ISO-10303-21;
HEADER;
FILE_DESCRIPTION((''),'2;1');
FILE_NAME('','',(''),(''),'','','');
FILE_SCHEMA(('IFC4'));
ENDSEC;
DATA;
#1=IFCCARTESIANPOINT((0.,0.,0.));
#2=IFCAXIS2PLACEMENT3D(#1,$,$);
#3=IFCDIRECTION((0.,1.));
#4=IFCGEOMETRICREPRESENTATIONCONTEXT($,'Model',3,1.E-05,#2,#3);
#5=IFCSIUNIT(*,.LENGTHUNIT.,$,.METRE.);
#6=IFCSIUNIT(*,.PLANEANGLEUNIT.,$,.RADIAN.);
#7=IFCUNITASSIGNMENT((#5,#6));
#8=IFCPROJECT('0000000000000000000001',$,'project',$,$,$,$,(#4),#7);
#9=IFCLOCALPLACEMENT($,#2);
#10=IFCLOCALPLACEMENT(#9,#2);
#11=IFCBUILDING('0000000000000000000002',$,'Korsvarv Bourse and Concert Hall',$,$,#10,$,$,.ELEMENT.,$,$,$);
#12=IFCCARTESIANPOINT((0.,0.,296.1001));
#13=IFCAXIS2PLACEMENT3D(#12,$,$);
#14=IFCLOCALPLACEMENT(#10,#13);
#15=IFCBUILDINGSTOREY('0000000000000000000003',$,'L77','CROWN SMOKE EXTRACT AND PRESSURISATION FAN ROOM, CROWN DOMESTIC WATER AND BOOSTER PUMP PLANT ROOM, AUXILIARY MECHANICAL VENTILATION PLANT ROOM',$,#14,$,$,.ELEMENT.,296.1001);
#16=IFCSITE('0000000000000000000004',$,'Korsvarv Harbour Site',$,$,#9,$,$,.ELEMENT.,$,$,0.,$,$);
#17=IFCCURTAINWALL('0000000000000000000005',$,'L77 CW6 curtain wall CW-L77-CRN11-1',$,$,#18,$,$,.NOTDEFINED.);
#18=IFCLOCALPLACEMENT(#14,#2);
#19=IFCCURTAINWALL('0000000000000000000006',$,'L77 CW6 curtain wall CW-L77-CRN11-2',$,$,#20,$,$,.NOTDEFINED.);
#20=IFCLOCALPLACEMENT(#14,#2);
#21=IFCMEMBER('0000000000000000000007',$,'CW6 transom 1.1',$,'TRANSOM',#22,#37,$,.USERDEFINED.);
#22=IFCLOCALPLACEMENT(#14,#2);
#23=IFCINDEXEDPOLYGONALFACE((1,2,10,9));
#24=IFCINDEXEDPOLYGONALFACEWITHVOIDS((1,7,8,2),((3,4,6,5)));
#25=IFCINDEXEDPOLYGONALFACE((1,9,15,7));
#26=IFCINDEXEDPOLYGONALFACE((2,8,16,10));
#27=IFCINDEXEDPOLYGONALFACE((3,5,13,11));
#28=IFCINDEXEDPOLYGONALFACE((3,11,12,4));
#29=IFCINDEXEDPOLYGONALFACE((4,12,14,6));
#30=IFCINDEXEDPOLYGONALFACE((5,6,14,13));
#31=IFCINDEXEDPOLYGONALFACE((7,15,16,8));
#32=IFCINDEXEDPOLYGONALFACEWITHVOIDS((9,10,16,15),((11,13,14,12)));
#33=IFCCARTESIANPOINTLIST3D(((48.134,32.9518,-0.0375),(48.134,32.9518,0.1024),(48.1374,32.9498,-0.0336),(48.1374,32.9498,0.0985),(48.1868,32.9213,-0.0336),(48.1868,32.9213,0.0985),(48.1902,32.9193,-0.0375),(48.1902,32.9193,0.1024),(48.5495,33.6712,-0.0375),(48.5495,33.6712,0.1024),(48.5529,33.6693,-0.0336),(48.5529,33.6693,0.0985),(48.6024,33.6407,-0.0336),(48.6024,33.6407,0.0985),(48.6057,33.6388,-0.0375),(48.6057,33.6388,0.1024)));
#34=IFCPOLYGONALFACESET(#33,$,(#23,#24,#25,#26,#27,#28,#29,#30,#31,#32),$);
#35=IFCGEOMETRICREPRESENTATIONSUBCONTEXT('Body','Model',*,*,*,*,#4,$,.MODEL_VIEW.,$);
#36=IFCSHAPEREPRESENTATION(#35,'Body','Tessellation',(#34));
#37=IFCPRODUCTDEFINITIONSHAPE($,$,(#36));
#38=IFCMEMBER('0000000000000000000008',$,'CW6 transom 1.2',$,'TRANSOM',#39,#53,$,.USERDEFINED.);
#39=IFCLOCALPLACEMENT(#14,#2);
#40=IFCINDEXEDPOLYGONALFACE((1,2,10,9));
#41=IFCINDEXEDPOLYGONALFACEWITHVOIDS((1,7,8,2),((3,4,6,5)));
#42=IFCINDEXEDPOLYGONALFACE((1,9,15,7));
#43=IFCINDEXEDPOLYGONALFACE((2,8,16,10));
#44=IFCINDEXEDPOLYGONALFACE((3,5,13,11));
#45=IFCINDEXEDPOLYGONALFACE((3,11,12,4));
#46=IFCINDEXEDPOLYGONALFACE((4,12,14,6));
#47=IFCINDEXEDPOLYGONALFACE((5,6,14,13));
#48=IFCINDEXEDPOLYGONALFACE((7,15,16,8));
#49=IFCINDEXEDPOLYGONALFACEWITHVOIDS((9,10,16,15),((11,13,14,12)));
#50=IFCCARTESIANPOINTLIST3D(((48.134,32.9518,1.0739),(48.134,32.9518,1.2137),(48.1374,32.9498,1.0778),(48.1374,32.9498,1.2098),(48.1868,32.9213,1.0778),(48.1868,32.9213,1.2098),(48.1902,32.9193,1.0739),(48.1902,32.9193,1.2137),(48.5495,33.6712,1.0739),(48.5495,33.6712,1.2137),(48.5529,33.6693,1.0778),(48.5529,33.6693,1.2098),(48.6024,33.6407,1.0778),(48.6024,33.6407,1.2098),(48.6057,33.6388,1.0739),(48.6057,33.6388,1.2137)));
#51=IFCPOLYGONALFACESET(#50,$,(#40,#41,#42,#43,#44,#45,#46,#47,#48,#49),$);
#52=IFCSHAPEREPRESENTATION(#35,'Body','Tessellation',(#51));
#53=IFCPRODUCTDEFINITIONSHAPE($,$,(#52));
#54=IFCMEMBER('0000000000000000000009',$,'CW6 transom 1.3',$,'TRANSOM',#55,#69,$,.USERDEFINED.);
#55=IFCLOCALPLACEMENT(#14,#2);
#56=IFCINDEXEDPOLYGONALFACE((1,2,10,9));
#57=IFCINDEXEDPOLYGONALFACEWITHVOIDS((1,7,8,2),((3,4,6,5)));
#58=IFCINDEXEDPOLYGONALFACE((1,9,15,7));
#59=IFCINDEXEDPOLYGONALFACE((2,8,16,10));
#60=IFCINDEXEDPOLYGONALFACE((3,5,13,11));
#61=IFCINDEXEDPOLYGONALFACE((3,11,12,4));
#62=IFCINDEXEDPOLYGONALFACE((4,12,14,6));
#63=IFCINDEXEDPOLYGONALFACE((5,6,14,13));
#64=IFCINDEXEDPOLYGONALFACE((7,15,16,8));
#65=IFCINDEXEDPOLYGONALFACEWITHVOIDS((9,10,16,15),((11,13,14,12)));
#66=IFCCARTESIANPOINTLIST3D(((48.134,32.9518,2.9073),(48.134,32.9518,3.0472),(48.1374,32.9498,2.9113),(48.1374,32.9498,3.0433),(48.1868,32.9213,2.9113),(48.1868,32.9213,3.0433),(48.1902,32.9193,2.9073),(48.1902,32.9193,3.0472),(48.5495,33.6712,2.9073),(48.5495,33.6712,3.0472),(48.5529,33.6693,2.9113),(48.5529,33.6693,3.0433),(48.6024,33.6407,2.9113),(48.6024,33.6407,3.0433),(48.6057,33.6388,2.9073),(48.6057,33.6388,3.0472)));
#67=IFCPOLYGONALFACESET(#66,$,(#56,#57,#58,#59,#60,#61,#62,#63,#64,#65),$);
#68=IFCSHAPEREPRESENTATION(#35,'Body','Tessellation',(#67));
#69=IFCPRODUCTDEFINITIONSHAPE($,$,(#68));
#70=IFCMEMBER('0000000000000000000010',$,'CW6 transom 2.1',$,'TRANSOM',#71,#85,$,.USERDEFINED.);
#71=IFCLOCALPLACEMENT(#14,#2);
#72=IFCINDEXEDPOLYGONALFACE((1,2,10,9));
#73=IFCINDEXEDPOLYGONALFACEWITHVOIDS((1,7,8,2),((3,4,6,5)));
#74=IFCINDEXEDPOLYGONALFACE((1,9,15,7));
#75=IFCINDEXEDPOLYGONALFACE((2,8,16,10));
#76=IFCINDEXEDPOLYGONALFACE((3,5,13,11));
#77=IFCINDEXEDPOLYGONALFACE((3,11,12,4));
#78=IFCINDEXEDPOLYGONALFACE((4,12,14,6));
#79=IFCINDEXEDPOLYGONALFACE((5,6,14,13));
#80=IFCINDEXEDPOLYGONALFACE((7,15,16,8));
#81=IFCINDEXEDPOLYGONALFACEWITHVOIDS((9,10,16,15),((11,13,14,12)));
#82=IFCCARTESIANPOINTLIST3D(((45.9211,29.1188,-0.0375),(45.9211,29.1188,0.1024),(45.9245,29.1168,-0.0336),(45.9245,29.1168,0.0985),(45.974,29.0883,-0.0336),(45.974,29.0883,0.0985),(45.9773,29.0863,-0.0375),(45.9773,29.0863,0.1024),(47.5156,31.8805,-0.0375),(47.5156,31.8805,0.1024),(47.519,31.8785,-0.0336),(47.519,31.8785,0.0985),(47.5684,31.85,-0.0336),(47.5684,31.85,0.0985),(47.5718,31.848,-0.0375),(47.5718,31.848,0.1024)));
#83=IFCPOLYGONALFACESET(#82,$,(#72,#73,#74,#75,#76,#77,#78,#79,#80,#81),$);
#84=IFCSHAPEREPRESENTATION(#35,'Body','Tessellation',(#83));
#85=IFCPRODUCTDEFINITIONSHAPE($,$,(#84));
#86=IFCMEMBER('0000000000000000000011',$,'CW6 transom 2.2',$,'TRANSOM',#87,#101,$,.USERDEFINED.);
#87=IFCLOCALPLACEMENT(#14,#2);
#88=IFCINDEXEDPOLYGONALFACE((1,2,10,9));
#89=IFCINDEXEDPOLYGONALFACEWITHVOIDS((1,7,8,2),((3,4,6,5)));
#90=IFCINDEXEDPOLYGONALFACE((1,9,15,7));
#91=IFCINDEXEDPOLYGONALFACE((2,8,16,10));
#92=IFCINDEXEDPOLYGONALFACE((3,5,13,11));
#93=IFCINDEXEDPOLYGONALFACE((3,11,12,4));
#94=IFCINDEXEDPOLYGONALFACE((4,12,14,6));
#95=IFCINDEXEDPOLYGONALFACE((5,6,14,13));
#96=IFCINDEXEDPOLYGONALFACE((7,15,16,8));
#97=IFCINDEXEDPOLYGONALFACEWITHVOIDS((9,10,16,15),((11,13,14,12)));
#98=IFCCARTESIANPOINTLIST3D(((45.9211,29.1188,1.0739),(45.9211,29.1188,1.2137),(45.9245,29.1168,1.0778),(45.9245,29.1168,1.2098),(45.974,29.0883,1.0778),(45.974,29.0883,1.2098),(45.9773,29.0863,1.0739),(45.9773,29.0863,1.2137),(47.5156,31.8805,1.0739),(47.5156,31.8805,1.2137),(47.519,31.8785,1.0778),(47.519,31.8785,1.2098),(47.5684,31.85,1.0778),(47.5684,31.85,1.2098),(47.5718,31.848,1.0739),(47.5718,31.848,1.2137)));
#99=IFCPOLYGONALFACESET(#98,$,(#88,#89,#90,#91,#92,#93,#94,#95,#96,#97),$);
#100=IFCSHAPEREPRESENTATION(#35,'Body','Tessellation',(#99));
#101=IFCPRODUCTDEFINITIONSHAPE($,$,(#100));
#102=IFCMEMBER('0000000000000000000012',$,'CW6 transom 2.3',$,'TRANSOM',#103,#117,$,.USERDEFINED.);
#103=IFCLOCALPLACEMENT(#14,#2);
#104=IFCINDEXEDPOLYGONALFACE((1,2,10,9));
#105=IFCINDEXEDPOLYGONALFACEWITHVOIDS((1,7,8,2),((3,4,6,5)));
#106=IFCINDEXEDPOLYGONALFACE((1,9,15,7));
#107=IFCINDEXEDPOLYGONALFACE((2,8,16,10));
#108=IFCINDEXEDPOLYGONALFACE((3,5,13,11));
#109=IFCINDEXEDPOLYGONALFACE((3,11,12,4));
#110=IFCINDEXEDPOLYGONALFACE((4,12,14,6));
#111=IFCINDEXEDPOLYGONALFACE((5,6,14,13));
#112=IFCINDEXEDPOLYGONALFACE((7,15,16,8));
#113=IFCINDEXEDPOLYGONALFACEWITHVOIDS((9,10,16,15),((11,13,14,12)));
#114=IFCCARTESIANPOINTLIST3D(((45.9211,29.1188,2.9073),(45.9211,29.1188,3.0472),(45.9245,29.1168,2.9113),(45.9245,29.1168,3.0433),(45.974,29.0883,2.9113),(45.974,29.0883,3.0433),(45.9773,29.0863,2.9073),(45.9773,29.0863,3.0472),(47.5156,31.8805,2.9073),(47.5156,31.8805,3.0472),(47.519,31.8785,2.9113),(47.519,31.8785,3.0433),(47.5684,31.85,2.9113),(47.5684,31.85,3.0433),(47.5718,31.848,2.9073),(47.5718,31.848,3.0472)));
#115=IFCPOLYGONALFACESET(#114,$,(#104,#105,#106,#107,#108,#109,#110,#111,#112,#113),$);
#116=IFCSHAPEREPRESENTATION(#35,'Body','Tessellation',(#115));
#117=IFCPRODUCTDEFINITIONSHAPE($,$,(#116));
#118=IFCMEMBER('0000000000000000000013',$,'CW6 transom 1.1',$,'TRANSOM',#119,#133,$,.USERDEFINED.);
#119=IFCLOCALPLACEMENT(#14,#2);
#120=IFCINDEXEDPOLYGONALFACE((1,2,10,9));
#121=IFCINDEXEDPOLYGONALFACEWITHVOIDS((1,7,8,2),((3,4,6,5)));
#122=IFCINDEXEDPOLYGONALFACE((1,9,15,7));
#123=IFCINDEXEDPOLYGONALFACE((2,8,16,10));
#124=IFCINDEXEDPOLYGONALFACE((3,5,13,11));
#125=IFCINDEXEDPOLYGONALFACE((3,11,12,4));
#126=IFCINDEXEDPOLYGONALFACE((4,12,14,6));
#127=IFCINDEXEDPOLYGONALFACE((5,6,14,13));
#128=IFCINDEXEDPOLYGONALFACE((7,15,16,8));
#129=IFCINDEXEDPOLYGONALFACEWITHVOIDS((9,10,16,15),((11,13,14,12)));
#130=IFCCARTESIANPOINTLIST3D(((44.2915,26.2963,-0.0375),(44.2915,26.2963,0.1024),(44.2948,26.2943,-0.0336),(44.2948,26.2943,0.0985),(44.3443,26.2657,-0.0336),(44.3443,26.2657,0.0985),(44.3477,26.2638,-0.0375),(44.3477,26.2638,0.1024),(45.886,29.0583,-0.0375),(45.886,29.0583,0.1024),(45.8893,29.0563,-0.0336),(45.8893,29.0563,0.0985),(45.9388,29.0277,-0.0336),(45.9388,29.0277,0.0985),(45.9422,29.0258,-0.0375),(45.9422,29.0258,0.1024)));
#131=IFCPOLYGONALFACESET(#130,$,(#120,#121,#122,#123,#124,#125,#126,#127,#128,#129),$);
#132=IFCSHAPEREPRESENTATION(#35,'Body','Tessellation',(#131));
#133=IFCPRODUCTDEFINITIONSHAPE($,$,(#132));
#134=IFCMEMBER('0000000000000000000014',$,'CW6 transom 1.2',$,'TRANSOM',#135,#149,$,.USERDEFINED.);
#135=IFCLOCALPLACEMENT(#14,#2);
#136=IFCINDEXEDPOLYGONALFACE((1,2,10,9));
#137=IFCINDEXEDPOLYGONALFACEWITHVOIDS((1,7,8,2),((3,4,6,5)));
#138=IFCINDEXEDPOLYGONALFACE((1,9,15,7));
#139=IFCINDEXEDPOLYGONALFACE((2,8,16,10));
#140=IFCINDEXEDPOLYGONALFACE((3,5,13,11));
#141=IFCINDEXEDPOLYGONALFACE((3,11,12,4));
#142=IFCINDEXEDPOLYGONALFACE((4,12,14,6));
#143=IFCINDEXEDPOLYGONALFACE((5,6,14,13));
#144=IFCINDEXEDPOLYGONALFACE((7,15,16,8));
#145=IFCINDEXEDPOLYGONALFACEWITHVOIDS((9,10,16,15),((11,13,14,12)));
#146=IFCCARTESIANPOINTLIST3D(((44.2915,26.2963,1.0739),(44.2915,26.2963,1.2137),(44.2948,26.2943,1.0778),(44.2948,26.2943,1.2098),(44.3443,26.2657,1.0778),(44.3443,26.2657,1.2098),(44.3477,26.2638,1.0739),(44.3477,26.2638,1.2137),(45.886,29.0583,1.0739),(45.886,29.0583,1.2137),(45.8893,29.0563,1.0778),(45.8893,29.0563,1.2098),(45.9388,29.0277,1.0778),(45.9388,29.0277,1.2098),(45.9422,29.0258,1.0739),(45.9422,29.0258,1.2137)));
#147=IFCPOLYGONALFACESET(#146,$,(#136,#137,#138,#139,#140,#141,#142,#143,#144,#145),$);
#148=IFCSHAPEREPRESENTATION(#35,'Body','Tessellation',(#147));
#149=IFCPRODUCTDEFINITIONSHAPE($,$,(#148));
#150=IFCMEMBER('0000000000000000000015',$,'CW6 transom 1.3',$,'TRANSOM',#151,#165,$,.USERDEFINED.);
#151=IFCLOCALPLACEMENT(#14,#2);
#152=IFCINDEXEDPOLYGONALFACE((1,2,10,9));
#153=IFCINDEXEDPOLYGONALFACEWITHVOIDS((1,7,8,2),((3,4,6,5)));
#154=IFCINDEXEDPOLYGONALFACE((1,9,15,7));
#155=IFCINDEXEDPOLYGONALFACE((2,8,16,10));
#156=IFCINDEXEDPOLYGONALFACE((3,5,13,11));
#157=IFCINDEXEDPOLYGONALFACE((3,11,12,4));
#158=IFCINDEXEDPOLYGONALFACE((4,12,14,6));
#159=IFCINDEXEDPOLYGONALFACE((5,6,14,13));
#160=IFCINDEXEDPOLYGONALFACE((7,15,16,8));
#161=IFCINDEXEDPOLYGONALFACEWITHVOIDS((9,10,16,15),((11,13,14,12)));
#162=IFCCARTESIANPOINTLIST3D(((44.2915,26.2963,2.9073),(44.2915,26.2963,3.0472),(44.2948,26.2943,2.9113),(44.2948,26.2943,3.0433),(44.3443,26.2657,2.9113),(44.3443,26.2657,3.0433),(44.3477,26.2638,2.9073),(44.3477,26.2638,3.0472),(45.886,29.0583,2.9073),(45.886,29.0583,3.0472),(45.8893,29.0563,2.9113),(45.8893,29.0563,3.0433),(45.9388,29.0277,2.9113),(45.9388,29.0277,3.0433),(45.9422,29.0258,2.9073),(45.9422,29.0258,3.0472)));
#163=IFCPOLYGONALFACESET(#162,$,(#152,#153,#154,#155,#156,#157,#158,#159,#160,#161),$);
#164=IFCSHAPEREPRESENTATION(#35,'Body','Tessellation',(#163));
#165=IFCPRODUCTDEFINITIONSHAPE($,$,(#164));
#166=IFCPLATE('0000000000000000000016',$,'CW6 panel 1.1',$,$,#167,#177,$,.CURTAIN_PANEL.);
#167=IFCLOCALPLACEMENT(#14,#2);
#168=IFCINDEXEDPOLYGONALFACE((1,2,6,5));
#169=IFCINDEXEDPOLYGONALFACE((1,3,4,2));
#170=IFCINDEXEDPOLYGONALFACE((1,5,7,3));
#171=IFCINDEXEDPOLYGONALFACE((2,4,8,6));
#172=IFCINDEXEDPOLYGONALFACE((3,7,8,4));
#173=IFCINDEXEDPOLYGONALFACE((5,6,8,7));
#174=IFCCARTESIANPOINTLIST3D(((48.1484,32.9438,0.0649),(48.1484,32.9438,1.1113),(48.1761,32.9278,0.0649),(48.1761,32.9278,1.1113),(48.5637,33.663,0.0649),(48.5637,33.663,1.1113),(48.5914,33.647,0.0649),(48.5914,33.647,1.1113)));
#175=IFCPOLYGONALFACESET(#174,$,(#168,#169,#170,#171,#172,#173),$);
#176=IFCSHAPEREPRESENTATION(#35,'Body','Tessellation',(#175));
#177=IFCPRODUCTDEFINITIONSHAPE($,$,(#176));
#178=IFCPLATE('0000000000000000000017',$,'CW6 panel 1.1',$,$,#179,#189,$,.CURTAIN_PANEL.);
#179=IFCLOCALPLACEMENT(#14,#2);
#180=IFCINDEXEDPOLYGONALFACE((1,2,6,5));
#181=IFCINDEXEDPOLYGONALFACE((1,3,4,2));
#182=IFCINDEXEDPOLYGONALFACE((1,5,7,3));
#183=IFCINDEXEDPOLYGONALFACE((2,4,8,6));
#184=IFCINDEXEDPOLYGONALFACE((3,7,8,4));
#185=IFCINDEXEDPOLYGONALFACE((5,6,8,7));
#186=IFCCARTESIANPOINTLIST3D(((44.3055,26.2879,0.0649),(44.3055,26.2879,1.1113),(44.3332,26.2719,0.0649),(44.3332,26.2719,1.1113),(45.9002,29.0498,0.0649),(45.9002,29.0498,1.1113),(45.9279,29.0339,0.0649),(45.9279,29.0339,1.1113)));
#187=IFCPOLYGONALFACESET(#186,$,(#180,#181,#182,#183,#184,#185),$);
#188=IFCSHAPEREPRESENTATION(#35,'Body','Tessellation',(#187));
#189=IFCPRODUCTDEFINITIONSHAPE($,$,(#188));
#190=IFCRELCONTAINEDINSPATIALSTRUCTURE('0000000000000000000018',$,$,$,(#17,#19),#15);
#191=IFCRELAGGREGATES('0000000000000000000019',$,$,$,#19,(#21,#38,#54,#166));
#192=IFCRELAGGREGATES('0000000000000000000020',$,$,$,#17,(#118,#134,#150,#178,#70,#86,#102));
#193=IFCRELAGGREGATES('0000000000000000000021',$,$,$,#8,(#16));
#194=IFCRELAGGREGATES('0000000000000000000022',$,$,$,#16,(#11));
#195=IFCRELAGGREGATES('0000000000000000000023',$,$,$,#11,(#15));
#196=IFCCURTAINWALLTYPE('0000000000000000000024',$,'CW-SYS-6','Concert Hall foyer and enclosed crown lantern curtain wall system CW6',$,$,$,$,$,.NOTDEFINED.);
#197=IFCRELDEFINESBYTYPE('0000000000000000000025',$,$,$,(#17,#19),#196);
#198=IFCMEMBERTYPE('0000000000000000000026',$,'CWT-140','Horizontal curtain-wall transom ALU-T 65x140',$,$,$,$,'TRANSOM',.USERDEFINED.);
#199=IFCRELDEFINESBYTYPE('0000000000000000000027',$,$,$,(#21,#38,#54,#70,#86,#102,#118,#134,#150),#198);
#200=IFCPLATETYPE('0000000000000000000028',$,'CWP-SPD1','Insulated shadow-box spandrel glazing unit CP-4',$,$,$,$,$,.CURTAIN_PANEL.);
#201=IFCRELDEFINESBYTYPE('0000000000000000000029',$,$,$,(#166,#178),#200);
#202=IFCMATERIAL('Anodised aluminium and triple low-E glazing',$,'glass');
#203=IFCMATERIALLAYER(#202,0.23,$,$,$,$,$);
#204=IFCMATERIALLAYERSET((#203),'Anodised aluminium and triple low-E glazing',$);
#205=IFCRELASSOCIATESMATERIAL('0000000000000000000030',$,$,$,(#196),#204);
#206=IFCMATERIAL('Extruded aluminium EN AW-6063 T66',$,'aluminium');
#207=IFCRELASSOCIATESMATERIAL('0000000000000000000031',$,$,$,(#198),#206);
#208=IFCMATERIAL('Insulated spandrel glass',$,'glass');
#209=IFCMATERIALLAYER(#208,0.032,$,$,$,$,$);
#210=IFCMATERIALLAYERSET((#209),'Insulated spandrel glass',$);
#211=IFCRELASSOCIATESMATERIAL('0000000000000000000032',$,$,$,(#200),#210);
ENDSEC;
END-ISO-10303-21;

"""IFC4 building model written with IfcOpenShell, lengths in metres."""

from ifc_helpers import new_model, si_unit, direction, frame, origin, origin_2d, place, context, subcontext, project, spatial, rectangle, hollow_rectangle, extrude, source, transform, mapped, material, layer, layer_set, material_profile, profile_set, type_object, element, aggregate, save


model = new_model("IFC4")

# Units and contexts
model_context = context("Model", 3, precision=1e-05, world=origin(), true_north=direction((0.0, 1.0)))
body_context = subcontext(model_context, "Body", "Model", "MODEL_VIEW")
ifc_project = project(units=[si_unit("LENGTHUNIT", "METRE"), si_unit("PLANEANGLEUNIT", "RADIAN")], contexts=[model_context])

# Site, building, storey
site_placement = place(None, origin())
site = spatial("IfcSite", under=ifc_project, at=site_placement, Name="Korsvarv Harbour Site", CompositionType="ELEMENT", RefElevation=0.0)
building_placement = place(site_placement, origin())
building = spatial("IfcBuilding", under=site, at=building_placement, Name="Korsvarv Bourse and Concert Hall", CompositionType="ELEMENT")
storey_placement = place(building_placement, frame((0.0, 0.0, 296.1001)))
storey = spatial("IfcBuildingStorey", under=building, at=storey_placement, Name="L77", Description="CROWN SMOKE EXTRACT AND PRESSURISATION FAN ROOM, CROWN DOMESTIC WATER AND BOOSTER PUMP PLANT ROOM, AUXILIARY MECHANICAL VENTILATION PLANT ROOM", CompositionType="ELEMENT", Elevation=296.1001)

# Curtain walls, members
ifc_material_1 = material(Name="Anodised aluminium and triple low-E glazing", Category="glass")
ifc_layer_1 = layer(ifc_material_1, 0.23)
ifc_layer_set_1 = layer_set([ifc_layer_1], Name="Anodised aluminium and triple low-E glazing")
curtain_wall_type = type_object("IfcCurtainWallType", Name="CW-SYS-6", Description="Concert Hall foyer and enclosed crown lantern curtain wall system CW6", PredefinedType="NOTDEFINED", material=ifc_layer_set_1)
curtain_wall_1_placement = place(storey_placement, origin())
curtain_wall_1 = element("IfcCurtainWall", 1, at=curtain_wall_1_placement, inside=storey, type_object=curtain_wall_type, Name="L77 CW6 curtain wall CW-L77-CRN11-1", PredefinedType="NOTDEFINED")
ifc_material_2 = material(Name="Extruded aluminium EN AW-6063 T66", Category="aluminium")
curtain_wall_2_placement = place(storey_placement, origin())
curtain_wall_2 = element("IfcCurtainWall", 2, at=curtain_wall_2_placement, inside=storey, type_object=curtain_wall_type, Name="L77 CW6 curtain wall CW-L77-CRN11-2", PredefinedType="NOTDEFINED")
ifc_material_profile_1 = material_profile(ifc_material_2, hollow_rectangle(XDim=0.0649, YDim=0.1399, WallThickness=0.0039, at=origin_2d()), Name="ALU-T 65x140")
ifc_profile_set_1 = profile_set([ifc_material_profile_1], Name="Extruded aluminium EN AW-6063 T66")
member_type_1 = type_object("IfcMemberType", Name="CWT-140", Description="Horizontal curtain-wall transom ALU-T 65x140", ElementType="TRANSOM", PredefinedType="USERDEFINED", material=ifc_profile_set_1)
shared_shape_1 = source(origin(), body_context, "Body", "SweptSolid", [
    extrude(hollow_rectangle(XDim=0.0649, YDim=0.1399, WallThickness=0.0039, at=origin_2d()), origin(), (0.0, 0.0, 1.0), 0.8308),
])
member_1_placement = place(storey_placement, frame((48.1621, 32.9355, 0.0325), z_axis=(0.500121, 0.865956, 0.0), x_axis=(-0.865956, 0.500121, 0.0)))
member_1 = element("IfcMember", 3, at=member_1_placement, type_object=member_type_1, Name="CW6 transom 1.1", ObjectType="TRANSOM", PredefinedType="USERDEFINED", context=body_context, shape_type="MappedRepresentation", body=[
    mapped(shared_shape_1, transform((0.0, 0.0, 0.0), scale=1.0)),
])
member_2_placement = place(storey_placement, frame((48.1621, 32.9355, 1.1438), z_axis=(0.500121, 0.865956, 0.0), x_axis=(-0.865956, 0.500121, 0.0)))
member_2 = element("IfcMember", 4, at=member_2_placement, type_object=member_type_1, Name="CW6 transom 1.2", ObjectType="TRANSOM", PredefinedType="USERDEFINED", context=body_context, shape_type="MappedRepresentation", body=[
    mapped(shared_shape_1, transform((0.0, 0.0, 0.0), scale=1.0)),
])
member_3_placement = place(storey_placement, frame((48.1621, 32.9355, 2.9773), z_axis=(0.500121, 0.865956, 0.0), x_axis=(-0.865956, 0.500121, 0.0)))
member_3 = element("IfcMember", 5, at=member_3_placement, type_object=member_type_1, Name="CW6 transom 1.3", ObjectType="TRANSOM", PredefinedType="USERDEFINED", context=body_context, shape_type="MappedRepresentation", body=[
    mapped(shared_shape_1, transform((0.0, 0.0, 0.0), scale=1.0)),
])

# Members
shared_shape_2 = source(origin(), body_context, "Body", "SweptSolid", [
    extrude(hollow_rectangle(XDim=0.0649, YDim=0.1399, WallThickness=0.0039, at=origin_2d()), origin(), (0.0, 0.0, 1.0), 3.189),
])
member_4_placement = place(storey_placement, frame((45.9492, 29.1025, 0.0325), z_axis=(0.500001, 0.866025, 0.0), x_axis=(-0.866025, 0.500001, 0.0)))
member_4 = element("IfcMember", 6, at=member_4_placement, type_object=member_type_1, Name="CW6 transom 2.1", ObjectType="TRANSOM", PredefinedType="USERDEFINED", context=body_context, shape_type="MappedRepresentation", body=[
    mapped(shared_shape_2, transform((0.0, 0.0, 0.0), scale=1.0)),
])
member_5_placement = place(storey_placement, frame((45.9492, 29.1025, 1.1438), z_axis=(0.500001, 0.866025, 0.0), x_axis=(-0.866025, 0.500001, 0.0)))
member_5 = element("IfcMember", 7, at=member_5_placement, type_object=member_type_1, Name="CW6 transom 2.2", ObjectType="TRANSOM", PredefinedType="USERDEFINED", context=body_context, shape_type="MappedRepresentation", body=[
    mapped(shared_shape_2, transform((0.0, 0.0, 0.0), scale=1.0)),
])
member_6_placement = place(storey_placement, frame((45.9492, 29.1025, 2.9773), z_axis=(0.500001, 0.866025, 0.0), x_axis=(-0.866025, 0.500001, 0.0)))
member_6 = element("IfcMember", 8, at=member_6_placement, type_object=member_type_1, Name="CW6 transom 2.3", ObjectType="TRANSOM", PredefinedType="USERDEFINED", context=body_context, shape_type="MappedRepresentation", body=[
    mapped(shared_shape_2, transform((0.0, 0.0, 0.0), scale=1.0)),
])
shared_shape_3 = source(origin(), body_context, "Body", "SweptSolid", [
    extrude(hollow_rectangle(XDim=0.0649, YDim=0.1399, WallThickness=0.0039, at=origin_2d()), origin(), (0.0, 0.0, 1.0), 3.1892),
])
member_7_placement = place(storey_placement, frame((44.3196, 26.28, 0.0325), z_axis=(0.499968, 0.866044, 0.0), x_axis=(-0.866044, 0.499968, 0.0)))
member_7 = element("IfcMember", 9, at=member_7_placement, type_object=member_type_1, Name="CW6 transom 1.1", ObjectType="TRANSOM", PredefinedType="USERDEFINED", context=body_context, shape_type="MappedRepresentation", body=[
    mapped(shared_shape_3, transform((0.0, 0.0, 0.0), scale=1.0)),
])
member_8_placement = place(storey_placement, frame((44.3196, 26.28, 1.1438), z_axis=(0.499968, 0.866044, 0.0), x_axis=(-0.866044, 0.499968, 0.0)))
member_8 = element("IfcMember", 10, at=member_8_placement, type_object=member_type_1, Name="CW6 transom 1.2", ObjectType="TRANSOM", PredefinedType="USERDEFINED", context=body_context, shape_type="MappedRepresentation", body=[
    mapped(shared_shape_3, transform((0.0, 0.0, 0.0), scale=1.0)),
])
member_9_placement = place(storey_placement, frame((44.3196, 26.28, 2.9773), z_axis=(0.499968, 0.866044, 0.0), x_axis=(-0.866044, 0.499968, 0.0)))
member_9 = element("IfcMember", 11, at=member_9_placement, type_object=member_type_1, Name="CW6 transom 1.3", ObjectType="TRANSOM", PredefinedType="USERDEFINED", context=body_context, shape_type="MappedRepresentation", body=[
    mapped(shared_shape_3, transform((0.0, 0.0, 0.0), scale=1.0)),
])

# Plates
ifc_material_3 = material(Name="Insulated spandrel glass", Category="glass")
ifc_layer_2 = layer(ifc_material_3, 0.032)
ifc_layer_set_2 = layer_set([ifc_layer_2], Name="Insulated spandrel glass")
plate_type = type_object("IfcPlateType", Name="CWP-SPD1", Description="Insulated shadow-box spandrel glazing unit CP-4", PredefinedType="CURTAIN_PANEL", material=ifc_layer_set_2)
shared_shape_4 = source(origin(), body_context, "Body", "SweptSolid", [
    extrude(rectangle(XDim=0.8306, YDim=0.032, at=origin_2d()), origin(), (0.0, 0.0, 1.0), 1.0464),
])
plate_1_placement = place(storey_placement, frame((48.3699, 33.2954, 0.0649), z_axis=(0.0, 0.0, 1.0), x_axis=(0.500061, 0.86599, 0.0)))
plate_1 = element("IfcPlate", 12, at=plate_1_placement, type_object=plate_type, Name="CW6 panel 1.1", PredefinedType="CURTAIN_PANEL", context=body_context, shape_type="MappedRepresentation", body=[
    mapped(shared_shape_4, transform((0.0, 0.0, 0.0), scale=1.0)),
])
aggregate(curtain_wall_2, [member_1, member_2, member_3, plate_1])
shared_shape_5 = source(origin(), body_context, "Body", "SweptSolid", [
    extrude(rectangle(XDim=3.1892, YDim=0.032, at=origin_2d()), origin(), (0.0, 0.0, 1.0), 1.0464),
])
plate_2_placement = place(storey_placement, frame((45.1167, 27.6609, 0.0649), z_axis=(0.0, 0.0, 1.0), x_axis=(0.500008, 0.866021, 0.0)))
plate_2 = element("IfcPlate", 13, at=plate_2_placement, type_object=plate_type, Name="CW6 panel 1.1", PredefinedType="CURTAIN_PANEL", context=body_context, shape_type="MappedRepresentation", body=[
    mapped(shared_shape_5, transform((0.0, 0.0, 0.0), scale=1.0)),
])
aggregate(curtain_wall_1, [member_7, member_8, member_9, plate_2, member_4, member_5, member_6])

save(model, "model.ifc")
